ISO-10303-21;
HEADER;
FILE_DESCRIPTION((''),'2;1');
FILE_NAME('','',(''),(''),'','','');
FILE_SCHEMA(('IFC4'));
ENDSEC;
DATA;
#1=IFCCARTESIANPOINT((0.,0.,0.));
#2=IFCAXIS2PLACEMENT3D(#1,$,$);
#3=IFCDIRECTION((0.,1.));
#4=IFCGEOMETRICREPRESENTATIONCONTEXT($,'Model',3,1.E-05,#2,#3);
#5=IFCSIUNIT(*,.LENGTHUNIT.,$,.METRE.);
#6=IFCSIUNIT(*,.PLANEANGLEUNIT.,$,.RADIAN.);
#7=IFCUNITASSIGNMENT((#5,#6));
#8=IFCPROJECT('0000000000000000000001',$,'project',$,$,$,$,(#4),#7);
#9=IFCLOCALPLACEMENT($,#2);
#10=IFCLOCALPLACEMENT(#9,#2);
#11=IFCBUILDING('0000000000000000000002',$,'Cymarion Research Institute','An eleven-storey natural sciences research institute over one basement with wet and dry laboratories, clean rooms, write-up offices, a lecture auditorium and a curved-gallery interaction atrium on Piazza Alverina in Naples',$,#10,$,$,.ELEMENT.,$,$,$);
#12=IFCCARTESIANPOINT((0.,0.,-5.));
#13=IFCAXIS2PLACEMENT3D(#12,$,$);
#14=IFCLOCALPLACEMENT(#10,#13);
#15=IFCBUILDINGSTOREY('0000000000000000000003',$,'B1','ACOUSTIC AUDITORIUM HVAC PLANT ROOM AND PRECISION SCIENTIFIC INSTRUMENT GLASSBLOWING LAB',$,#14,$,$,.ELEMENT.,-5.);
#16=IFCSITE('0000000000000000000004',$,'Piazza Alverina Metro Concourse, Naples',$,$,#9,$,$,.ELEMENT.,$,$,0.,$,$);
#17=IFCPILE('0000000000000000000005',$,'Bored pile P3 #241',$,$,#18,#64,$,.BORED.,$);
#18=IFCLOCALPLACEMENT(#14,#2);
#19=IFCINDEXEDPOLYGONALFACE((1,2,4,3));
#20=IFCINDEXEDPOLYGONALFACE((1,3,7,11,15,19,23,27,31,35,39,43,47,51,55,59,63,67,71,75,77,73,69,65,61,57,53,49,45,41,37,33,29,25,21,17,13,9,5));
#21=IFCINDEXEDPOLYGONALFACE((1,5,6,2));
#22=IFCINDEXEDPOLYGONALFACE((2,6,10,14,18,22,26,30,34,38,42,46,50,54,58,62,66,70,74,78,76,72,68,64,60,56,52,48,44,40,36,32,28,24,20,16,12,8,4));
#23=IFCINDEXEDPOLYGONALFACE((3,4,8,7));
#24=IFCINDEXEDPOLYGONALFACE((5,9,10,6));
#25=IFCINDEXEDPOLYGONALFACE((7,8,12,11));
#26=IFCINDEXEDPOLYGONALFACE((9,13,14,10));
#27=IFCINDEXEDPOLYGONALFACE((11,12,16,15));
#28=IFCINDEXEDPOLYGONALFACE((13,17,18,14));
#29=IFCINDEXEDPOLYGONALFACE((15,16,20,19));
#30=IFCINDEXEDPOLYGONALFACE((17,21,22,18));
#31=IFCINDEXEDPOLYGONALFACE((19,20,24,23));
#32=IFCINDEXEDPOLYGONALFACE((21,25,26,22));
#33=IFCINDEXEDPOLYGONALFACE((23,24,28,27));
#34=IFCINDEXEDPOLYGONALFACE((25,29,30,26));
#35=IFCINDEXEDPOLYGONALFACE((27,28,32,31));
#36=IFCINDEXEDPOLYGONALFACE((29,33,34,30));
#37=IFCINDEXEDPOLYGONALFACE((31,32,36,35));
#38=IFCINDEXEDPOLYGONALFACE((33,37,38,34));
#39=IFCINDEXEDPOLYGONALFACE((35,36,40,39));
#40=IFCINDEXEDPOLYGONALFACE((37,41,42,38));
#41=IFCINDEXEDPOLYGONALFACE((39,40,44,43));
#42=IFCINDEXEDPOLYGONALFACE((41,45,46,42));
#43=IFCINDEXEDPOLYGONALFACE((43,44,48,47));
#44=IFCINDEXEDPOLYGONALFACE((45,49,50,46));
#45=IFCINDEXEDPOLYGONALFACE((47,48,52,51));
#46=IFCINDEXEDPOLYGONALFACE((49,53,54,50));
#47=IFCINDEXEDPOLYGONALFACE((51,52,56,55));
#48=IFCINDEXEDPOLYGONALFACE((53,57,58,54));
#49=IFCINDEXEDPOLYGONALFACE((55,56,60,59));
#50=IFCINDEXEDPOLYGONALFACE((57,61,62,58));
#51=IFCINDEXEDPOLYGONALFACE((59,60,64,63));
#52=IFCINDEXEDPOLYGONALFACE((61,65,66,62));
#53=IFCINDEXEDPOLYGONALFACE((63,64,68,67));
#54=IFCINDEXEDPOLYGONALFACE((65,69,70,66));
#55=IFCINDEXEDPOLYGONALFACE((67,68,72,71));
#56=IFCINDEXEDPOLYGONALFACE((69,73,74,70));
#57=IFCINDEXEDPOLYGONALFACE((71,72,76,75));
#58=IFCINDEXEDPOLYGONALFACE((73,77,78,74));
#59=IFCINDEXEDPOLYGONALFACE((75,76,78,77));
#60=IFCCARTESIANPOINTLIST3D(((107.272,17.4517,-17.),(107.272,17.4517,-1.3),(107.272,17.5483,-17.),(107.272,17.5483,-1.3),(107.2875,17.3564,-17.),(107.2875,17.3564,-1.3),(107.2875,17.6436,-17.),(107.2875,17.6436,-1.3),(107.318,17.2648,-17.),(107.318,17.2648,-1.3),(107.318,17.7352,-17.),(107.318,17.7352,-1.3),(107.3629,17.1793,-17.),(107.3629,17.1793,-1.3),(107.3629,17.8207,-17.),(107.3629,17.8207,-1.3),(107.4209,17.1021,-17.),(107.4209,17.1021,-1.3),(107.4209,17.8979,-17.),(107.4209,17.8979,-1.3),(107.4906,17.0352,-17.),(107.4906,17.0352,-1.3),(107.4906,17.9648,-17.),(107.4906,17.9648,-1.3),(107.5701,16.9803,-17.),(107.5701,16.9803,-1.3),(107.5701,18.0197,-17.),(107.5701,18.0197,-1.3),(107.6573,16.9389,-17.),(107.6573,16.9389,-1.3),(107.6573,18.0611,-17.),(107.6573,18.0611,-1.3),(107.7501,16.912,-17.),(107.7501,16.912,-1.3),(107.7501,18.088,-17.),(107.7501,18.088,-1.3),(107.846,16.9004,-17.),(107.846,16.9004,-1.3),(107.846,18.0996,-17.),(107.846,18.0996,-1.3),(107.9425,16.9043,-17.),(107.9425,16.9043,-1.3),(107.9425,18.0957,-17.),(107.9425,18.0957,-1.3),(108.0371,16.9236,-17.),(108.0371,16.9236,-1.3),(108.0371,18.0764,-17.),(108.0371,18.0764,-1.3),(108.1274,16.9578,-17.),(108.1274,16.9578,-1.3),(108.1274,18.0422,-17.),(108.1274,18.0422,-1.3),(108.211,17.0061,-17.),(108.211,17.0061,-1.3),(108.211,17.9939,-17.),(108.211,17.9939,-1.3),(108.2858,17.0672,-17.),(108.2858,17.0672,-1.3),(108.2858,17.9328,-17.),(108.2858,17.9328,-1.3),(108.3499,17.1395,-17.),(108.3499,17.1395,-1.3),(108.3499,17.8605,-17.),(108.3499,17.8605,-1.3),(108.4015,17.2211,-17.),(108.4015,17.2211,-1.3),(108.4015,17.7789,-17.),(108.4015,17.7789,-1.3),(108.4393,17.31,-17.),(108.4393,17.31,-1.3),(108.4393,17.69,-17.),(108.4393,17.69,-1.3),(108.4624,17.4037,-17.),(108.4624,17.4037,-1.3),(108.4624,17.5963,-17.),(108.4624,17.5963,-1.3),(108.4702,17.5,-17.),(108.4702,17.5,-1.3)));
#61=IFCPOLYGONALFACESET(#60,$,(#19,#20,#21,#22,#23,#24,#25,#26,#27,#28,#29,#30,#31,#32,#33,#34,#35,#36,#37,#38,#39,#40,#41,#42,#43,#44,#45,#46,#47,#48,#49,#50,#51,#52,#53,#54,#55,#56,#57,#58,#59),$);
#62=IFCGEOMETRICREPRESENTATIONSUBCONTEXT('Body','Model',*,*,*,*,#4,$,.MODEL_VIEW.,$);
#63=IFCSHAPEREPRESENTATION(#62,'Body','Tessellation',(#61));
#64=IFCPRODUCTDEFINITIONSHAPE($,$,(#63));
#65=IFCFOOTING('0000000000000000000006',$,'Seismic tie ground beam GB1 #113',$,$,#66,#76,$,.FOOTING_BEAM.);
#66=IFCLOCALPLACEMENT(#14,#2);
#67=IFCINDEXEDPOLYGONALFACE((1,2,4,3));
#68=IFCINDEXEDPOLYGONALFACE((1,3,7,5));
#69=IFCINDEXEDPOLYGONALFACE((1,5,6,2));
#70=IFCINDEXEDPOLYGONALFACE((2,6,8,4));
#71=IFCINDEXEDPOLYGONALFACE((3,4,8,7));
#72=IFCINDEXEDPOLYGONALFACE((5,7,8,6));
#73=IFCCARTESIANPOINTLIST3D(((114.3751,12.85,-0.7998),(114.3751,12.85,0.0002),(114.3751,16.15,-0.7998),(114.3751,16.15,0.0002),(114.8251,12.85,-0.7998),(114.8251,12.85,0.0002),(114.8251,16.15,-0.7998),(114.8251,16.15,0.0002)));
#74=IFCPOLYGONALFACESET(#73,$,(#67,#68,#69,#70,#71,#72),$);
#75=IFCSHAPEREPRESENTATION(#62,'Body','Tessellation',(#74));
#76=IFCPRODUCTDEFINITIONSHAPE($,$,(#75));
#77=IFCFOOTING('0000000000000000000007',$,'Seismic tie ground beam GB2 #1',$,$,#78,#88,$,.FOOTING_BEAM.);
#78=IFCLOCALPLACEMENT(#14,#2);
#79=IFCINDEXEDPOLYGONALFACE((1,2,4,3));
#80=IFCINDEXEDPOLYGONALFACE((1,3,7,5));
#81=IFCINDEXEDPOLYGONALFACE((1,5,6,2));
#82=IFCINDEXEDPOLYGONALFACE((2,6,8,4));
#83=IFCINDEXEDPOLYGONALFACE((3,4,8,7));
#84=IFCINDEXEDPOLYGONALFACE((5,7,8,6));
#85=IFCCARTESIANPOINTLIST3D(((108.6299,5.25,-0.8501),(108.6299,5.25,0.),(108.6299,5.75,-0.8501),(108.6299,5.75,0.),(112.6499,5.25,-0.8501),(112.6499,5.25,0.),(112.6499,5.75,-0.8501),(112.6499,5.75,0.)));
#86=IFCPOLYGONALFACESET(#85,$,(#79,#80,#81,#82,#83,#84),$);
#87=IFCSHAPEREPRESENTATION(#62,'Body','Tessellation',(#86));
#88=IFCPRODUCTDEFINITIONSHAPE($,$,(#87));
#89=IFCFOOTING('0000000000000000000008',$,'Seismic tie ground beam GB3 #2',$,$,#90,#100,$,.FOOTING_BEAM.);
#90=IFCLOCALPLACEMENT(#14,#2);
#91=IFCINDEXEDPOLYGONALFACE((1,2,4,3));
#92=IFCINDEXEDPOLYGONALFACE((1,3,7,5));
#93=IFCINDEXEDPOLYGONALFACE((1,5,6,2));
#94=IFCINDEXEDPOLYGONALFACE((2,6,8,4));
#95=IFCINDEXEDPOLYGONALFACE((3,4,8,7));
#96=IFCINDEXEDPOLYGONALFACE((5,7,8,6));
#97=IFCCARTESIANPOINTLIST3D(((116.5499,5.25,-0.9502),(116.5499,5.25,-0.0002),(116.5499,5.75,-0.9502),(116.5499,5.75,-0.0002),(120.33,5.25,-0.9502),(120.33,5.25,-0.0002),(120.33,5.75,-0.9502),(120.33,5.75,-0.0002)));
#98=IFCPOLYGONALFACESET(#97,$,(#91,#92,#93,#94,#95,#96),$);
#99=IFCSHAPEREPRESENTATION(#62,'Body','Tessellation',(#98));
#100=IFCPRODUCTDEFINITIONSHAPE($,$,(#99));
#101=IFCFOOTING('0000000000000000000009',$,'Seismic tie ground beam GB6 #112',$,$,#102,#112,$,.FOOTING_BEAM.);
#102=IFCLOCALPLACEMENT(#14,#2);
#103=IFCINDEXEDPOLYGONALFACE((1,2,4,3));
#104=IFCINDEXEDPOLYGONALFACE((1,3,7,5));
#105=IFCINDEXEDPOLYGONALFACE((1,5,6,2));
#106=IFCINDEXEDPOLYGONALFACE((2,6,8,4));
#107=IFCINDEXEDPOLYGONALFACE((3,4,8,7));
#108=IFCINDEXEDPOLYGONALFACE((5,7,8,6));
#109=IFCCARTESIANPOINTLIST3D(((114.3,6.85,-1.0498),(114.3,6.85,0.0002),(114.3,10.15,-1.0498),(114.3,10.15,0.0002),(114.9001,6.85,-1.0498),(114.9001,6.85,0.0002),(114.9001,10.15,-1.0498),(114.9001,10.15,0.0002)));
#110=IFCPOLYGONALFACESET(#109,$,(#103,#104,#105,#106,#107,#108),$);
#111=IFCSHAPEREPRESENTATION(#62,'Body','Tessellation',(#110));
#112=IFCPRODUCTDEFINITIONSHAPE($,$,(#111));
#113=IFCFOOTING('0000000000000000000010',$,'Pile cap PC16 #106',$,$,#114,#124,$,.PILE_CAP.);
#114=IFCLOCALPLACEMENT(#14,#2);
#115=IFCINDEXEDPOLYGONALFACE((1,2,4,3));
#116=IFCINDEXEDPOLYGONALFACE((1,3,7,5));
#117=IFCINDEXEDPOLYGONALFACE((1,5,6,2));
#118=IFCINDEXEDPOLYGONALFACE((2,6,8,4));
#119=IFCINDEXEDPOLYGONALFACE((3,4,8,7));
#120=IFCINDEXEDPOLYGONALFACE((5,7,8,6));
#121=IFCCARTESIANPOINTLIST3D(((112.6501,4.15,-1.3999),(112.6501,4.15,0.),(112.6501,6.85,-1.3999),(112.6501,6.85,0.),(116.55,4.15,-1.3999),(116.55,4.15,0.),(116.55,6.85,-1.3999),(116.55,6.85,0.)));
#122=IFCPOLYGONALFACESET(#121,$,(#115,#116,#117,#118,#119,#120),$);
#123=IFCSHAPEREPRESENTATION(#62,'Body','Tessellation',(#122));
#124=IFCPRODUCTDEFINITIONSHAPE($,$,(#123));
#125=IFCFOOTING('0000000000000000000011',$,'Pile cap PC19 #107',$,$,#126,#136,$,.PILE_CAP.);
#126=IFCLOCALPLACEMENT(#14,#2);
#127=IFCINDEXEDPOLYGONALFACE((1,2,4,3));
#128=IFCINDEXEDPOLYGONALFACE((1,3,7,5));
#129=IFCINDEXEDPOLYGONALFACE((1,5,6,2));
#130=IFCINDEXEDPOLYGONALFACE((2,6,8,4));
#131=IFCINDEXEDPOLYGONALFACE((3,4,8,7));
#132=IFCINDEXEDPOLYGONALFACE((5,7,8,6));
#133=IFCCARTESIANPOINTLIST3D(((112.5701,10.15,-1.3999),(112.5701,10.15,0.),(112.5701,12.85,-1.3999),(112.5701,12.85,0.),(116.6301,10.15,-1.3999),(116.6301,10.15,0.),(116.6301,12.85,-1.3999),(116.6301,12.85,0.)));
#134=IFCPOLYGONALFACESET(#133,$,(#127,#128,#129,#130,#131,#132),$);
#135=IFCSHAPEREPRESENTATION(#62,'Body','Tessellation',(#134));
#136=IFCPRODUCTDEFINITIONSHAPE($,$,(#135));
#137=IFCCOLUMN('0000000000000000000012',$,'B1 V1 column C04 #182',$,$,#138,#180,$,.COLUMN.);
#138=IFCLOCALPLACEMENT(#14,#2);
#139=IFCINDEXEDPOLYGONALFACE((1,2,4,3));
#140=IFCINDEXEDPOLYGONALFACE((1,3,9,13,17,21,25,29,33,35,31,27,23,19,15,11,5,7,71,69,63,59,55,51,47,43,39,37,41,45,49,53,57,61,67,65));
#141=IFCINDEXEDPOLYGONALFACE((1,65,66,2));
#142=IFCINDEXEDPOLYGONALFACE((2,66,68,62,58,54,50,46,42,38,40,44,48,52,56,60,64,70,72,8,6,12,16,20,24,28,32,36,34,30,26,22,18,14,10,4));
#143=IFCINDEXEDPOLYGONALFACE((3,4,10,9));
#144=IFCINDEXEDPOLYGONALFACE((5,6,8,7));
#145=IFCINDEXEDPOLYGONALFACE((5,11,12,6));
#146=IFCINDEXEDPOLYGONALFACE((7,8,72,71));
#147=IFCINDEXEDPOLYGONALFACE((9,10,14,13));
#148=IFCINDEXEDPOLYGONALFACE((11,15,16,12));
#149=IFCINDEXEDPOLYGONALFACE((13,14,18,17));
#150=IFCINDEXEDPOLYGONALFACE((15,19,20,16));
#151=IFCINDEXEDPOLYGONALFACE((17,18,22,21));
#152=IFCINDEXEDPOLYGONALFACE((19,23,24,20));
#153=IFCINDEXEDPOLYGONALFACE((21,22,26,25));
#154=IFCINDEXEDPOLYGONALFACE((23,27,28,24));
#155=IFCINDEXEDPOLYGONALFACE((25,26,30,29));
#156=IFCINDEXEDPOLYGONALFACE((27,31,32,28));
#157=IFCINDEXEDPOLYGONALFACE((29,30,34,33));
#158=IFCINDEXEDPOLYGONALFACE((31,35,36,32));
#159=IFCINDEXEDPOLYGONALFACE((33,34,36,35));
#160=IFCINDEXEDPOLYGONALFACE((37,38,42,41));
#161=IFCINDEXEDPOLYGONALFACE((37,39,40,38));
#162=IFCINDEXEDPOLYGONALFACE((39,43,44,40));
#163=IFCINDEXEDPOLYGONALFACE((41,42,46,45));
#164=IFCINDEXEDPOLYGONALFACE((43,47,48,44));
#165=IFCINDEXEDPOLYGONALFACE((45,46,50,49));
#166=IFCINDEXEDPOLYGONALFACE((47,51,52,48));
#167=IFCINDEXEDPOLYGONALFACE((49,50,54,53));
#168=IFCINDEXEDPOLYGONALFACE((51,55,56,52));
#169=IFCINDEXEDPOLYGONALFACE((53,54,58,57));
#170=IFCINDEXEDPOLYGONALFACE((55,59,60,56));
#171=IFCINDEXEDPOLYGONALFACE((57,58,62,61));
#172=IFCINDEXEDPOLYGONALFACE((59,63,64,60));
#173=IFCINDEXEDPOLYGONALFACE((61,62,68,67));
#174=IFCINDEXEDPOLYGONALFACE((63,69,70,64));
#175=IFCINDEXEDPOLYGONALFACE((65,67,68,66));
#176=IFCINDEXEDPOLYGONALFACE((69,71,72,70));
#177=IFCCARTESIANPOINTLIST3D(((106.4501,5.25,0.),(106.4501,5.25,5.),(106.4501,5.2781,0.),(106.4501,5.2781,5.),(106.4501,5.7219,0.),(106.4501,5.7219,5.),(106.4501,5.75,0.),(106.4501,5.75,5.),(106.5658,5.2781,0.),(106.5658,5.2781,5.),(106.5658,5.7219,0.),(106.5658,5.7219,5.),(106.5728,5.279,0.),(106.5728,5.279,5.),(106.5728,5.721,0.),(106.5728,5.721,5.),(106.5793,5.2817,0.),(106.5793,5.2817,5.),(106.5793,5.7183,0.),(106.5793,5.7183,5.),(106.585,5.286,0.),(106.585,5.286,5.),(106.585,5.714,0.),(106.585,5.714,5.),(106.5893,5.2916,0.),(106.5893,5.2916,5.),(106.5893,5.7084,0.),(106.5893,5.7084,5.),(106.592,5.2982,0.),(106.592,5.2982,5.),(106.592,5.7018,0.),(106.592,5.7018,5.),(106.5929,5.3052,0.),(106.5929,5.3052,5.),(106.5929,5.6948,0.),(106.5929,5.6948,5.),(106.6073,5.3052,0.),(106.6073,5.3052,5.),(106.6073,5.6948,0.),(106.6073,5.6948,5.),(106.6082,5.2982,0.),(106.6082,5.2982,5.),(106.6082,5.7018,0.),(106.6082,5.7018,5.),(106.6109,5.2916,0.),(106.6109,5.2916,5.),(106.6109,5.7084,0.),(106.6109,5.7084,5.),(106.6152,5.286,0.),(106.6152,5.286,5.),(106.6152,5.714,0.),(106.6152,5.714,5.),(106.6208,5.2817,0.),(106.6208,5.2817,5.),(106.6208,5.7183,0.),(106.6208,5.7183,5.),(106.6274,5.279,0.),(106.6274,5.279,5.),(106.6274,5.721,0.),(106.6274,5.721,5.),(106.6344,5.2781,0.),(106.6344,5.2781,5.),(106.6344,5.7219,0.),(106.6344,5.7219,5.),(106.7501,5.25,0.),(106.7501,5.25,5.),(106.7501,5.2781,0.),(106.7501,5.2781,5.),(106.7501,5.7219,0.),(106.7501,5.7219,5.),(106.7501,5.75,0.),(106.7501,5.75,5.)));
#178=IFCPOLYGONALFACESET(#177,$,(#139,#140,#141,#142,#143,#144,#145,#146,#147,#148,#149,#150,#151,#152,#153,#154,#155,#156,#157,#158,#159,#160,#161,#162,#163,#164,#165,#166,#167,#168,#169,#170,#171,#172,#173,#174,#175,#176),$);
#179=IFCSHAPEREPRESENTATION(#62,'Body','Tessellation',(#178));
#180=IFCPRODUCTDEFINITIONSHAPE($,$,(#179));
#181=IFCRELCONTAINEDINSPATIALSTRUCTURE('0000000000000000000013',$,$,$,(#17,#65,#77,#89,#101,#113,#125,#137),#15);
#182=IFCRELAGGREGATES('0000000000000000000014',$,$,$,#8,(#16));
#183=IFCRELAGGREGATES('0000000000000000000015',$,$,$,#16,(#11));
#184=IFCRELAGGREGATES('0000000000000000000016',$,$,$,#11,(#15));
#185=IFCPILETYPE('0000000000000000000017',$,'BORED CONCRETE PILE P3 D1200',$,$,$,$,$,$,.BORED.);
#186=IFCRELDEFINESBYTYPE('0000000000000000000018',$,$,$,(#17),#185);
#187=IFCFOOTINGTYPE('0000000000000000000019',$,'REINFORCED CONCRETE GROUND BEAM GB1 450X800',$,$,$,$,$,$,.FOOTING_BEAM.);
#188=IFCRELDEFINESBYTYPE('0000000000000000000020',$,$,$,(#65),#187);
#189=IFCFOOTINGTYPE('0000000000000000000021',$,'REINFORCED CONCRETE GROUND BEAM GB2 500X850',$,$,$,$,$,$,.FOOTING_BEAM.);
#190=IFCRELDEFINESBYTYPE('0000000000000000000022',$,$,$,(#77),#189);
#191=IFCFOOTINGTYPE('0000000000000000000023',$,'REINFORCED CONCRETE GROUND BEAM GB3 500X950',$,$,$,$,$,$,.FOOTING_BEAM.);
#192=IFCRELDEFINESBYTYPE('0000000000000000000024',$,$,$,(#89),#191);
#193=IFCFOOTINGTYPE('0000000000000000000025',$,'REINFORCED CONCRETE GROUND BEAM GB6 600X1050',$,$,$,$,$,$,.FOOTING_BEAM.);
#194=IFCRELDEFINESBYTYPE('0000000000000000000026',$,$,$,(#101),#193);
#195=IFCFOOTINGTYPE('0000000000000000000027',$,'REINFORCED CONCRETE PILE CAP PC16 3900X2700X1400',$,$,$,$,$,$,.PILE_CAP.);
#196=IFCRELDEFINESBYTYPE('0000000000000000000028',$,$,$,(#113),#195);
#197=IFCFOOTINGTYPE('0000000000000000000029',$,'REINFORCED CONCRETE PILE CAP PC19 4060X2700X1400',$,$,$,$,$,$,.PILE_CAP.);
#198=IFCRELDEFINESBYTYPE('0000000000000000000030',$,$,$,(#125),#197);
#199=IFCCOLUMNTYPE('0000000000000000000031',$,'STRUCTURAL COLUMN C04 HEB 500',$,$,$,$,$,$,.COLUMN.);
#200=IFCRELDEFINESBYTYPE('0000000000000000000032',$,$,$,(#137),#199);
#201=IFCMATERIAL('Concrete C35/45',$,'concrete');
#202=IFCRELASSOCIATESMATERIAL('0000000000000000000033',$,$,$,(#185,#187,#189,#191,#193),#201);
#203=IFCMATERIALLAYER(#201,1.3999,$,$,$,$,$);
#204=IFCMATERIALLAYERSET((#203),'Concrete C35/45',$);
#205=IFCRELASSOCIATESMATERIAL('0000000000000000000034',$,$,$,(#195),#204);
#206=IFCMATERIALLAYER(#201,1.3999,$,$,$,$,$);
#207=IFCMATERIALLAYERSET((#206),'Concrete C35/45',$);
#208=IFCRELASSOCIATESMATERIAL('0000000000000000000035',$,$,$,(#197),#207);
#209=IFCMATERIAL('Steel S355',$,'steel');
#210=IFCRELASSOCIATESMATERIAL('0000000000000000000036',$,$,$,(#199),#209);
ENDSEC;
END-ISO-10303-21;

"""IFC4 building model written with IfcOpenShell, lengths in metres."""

from ifc_helpers import new_model, si_unit, direction, frame, origin, origin_2d, place, context, subcontext, project, spatial, rectangle, circle, i_section, extrude, material, layer, layer_set, material_profile, profile_set, type_object, element, save


model = new_model("IFC4")

# Units and contexts
model_context = context("Model", 3, precision=1e-05, world=origin(), true_north=direction((0.0, 1.0)))
body_context = subcontext(model_context, "Body", "Model", "MODEL_VIEW")
ifc_project = project(units=[si_unit("LENGTHUNIT", "METRE"), si_unit("PLANEANGLEUNIT", "RADIAN")], contexts=[model_context])

# Site, building, storey
site_placement = place(None, origin())
site = spatial("IfcSite", under=ifc_project, at=site_placement, Name="Piazza Alverina Metro Concourse, Naples", CompositionType="ELEMENT", RefElevation=0.0)
building_placement = place(site_placement, origin())
building = spatial("IfcBuilding", under=site, at=building_placement, Name="Cymarion Research Institute", Description="An eleven-storey natural sciences research institute over one basement with wet and dry laboratories, clean rooms, write-up offices, a lecture auditorium and a curved-gallery interaction atrium on Piazza Alverina in Naples", CompositionType="ELEMENT")
storey_placement = place(building_placement, frame((0.0, 0.0, -5.0)))
storey = spatial("IfcBuildingStorey", under=building, at=storey_placement, Name="B1", Description="ACOUSTIC AUDITORIUM HVAC PLANT ROOM AND PRECISION SCIENTIFIC INSTRUMENT GLASSBLOWING LAB", CompositionType="ELEMENT", Elevation=-5.0)

# Pile
ifc_material_1 = material(Name="Concrete C35/45", Category="concrete")
ifc_material_profile_1 = material_profile(ifc_material_1, circle(Radius=0.6001, at=origin_2d()), Name="BORED PILE D1200")
ifc_profile_set_1 = profile_set([ifc_material_profile_1], Name="Concrete C35/45")
pile_type_1 = type_object("IfcPileType", Name="BORED CONCRETE PILE P3 D1200", PredefinedType="BORED", material=ifc_profile_set_1)
for number, where, z_axis, x_axis, name in (
    (1, (107.8701, 17.5, -1.3), (0.0, 0.0, -1.0), (1.0, 0.0, 0.0), "Bored pile P3 #241"),
):
    element("IfcPile", number, at=place(storey_placement, frame(where, z_axis=z_axis, x_axis=x_axis)), inside=storey, type_object=pile_type_1, Name=name, PredefinedType="BORED", context=body_context, shape_type="SweptSolid", body=[
        extrude(circle(Radius=0.6001, at=origin_2d()), origin(), (0.0, 0.0, 1.0), 15.7),
    ])

# Footings
footing_type_1 = type_object("IfcFootingType", Name="REINFORCED CONCRETE GROUND BEAM GB1 450X800", PredefinedType="FOOTING_BEAM", material=ifc_material_1)
footing_1_placement = place(storey_placement, frame((114.6001, 14.5, -0.7998), z_axis=(0.0, 0.0, 1.0), x_axis=(0.0, 1.0, 0.0)))
element("IfcFooting", 2, at=footing_1_placement, inside=storey, type_object=footing_type_1, Name="Seismic tie ground beam GB1 #113", PredefinedType="FOOTING_BEAM", context=body_context, shape_type="SweptSolid", body=[
    extrude(rectangle(XDim=3.3, YDim=0.45, at=origin_2d()), origin(), (0.0, 0.0, 1.0), 0.8),
])
footing_type_2 = type_object("IfcFootingType", Name="REINFORCED CONCRETE GROUND BEAM GB2 500X850", PredefinedType="FOOTING_BEAM", material=ifc_material_1)
footing_2_placement = place(storey_placement, frame((110.6399, 5.5, -0.8501), z_axis=(0.0, 0.0, 1.0), x_axis=(1.0, 0.0, 0.0)))
element("IfcFooting", 3, at=footing_2_placement, inside=storey, type_object=footing_type_2, Name="Seismic tie ground beam GB2 #1", PredefinedType="FOOTING_BEAM", context=body_context, shape_type="SweptSolid", body=[
    extrude(rectangle(XDim=4.02, YDim=0.5, at=origin_2d()), origin(), (0.0, 0.0, 1.0), 0.8501),
])
footing_type_3 = type_object("IfcFootingType", Name="REINFORCED CONCRETE GROUND BEAM GB3 500X950", PredefinedType="FOOTING_BEAM", material=ifc_material_1)
footing_3_placement = place(storey_placement, frame((118.4399, 5.5, -0.9502), z_axis=(0.0, 0.0, 1.0), x_axis=(1.0, 0.0, 0.0)))
element("IfcFooting", 4, at=footing_3_placement, inside=storey, type_object=footing_type_3, Name="Seismic tie ground beam GB3 #2", PredefinedType="FOOTING_BEAM", context=body_context, shape_type="SweptSolid", body=[
    extrude(rectangle(XDim=3.78, YDim=0.5, at=origin_2d()), origin(), (0.0, 0.0, 1.0), 0.95),
])
footing_type_4 = type_object("IfcFootingType", Name="REINFORCED CONCRETE GROUND BEAM GB6 600X1050", PredefinedType="FOOTING_BEAM", material=ifc_material_1)
footing_4_placement = place(storey_placement, frame((114.6001, 8.5, -1.0498), z_axis=(0.0, 0.0, 1.0), x_axis=(0.0, 1.0, 0.0)))
element("IfcFooting", 5, at=footing_4_placement, inside=storey, type_object=footing_type_4, Name="Seismic tie ground beam GB6 #112", PredefinedType="FOOTING_BEAM", context=body_context, shape_type="SweptSolid", body=[
    extrude(rectangle(XDim=3.3, YDim=0.6001, at=origin_2d()), origin(), (0.0, 0.0, 1.0), 1.05),
])
ifc_layer_1 = layer(ifc_material_1, 1.3999)
ifc_layer_set_1 = layer_set([ifc_layer_1], Name="Concrete C35/45")
footing_type_5 = type_object("IfcFootingType", Name="REINFORCED CONCRETE PILE CAP PC16 3900X2700X1400", PredefinedType="PILE_CAP", material=ifc_layer_set_1)
footing_5_placement = place(storey_placement, frame((114.6001, 5.5, -1.3999), z_axis=(0.0, 0.0, 1.0), x_axis=(1.0, 0.0, 0.0)))
element("IfcFooting", 6, at=footing_5_placement, inside=storey, type_object=footing_type_5, Name="Pile cap PC16 #106", PredefinedType="PILE_CAP", context=body_context, shape_type="SweptSolid", body=[
    extrude(rectangle(XDim=3.8999, YDim=2.7, at=origin_2d()), origin(), (0.0, 0.0, 1.0), 1.3999),
])
ifc_layer_2 = layer(ifc_material_1, 1.3999)
ifc_layer_set_2 = layer_set([ifc_layer_2], Name="Concrete C35/45")
footing_type_6 = type_object("IfcFootingType", Name="REINFORCED CONCRETE PILE CAP PC19 4060X2700X1400", PredefinedType="PILE_CAP", material=ifc_layer_set_2)
footing_6_placement = place(storey_placement, frame((114.6001, 11.5, -1.3999), z_axis=(0.0, 0.0, 1.0), x_axis=(1.0, 0.0, 0.0)))
element("IfcFooting", 7, at=footing_6_placement, inside=storey, type_object=footing_type_6, Name="Pile cap PC19 #107", PredefinedType="PILE_CAP", context=body_context, shape_type="SweptSolid", body=[
    extrude(rectangle(XDim=4.0601, YDim=2.7, at=origin_2d()), origin(), (0.0, 0.0, 1.0), 1.3999),
])

# Column
ifc_material_2 = material(Name="Steel S355", Category="steel")
ifc_material_profile_2 = material_profile(ifc_material_2, i_section(OverallWidth=0.3, OverallDepth=0.5, WebThickness=0.0144, FlangeThickness=0.0281, FilletRadius=0.0271, at=origin_2d()), Name="HEB 500")
ifc_profile_set_2 = profile_set([ifc_material_profile_2], Name="Steel S355")
column_type = type_object("IfcColumnType", Name="STRUCTURAL COLUMN C04 HEB 500", PredefinedType="COLUMN", material=ifc_profile_set_2)
for number, where, z_axis, x_axis, name in (
    (8, (106.6001, 5.5, 0.0), (0.0, 0.0, 1.0), (1.0, 0.0, 0.0), "B1 V1 column C04 #182"),
):
    element("IfcColumn", number, at=place(storey_placement, frame(where, z_axis=z_axis, x_axis=x_axis)), inside=storey, type_object=column_type, Name=name, PredefinedType="COLUMN", context=body_context, shape_type="SweptSolid", body=[
        extrude(i_section(OverallWidth=0.3, OverallDepth=0.5, WebThickness=0.0144, FlangeThickness=0.0281, FilletRadius=0.0271, at=origin_2d()), origin(), (0.0, 0.0, 1.0), 5.0),
    ])

save(model, "model.ifc")
